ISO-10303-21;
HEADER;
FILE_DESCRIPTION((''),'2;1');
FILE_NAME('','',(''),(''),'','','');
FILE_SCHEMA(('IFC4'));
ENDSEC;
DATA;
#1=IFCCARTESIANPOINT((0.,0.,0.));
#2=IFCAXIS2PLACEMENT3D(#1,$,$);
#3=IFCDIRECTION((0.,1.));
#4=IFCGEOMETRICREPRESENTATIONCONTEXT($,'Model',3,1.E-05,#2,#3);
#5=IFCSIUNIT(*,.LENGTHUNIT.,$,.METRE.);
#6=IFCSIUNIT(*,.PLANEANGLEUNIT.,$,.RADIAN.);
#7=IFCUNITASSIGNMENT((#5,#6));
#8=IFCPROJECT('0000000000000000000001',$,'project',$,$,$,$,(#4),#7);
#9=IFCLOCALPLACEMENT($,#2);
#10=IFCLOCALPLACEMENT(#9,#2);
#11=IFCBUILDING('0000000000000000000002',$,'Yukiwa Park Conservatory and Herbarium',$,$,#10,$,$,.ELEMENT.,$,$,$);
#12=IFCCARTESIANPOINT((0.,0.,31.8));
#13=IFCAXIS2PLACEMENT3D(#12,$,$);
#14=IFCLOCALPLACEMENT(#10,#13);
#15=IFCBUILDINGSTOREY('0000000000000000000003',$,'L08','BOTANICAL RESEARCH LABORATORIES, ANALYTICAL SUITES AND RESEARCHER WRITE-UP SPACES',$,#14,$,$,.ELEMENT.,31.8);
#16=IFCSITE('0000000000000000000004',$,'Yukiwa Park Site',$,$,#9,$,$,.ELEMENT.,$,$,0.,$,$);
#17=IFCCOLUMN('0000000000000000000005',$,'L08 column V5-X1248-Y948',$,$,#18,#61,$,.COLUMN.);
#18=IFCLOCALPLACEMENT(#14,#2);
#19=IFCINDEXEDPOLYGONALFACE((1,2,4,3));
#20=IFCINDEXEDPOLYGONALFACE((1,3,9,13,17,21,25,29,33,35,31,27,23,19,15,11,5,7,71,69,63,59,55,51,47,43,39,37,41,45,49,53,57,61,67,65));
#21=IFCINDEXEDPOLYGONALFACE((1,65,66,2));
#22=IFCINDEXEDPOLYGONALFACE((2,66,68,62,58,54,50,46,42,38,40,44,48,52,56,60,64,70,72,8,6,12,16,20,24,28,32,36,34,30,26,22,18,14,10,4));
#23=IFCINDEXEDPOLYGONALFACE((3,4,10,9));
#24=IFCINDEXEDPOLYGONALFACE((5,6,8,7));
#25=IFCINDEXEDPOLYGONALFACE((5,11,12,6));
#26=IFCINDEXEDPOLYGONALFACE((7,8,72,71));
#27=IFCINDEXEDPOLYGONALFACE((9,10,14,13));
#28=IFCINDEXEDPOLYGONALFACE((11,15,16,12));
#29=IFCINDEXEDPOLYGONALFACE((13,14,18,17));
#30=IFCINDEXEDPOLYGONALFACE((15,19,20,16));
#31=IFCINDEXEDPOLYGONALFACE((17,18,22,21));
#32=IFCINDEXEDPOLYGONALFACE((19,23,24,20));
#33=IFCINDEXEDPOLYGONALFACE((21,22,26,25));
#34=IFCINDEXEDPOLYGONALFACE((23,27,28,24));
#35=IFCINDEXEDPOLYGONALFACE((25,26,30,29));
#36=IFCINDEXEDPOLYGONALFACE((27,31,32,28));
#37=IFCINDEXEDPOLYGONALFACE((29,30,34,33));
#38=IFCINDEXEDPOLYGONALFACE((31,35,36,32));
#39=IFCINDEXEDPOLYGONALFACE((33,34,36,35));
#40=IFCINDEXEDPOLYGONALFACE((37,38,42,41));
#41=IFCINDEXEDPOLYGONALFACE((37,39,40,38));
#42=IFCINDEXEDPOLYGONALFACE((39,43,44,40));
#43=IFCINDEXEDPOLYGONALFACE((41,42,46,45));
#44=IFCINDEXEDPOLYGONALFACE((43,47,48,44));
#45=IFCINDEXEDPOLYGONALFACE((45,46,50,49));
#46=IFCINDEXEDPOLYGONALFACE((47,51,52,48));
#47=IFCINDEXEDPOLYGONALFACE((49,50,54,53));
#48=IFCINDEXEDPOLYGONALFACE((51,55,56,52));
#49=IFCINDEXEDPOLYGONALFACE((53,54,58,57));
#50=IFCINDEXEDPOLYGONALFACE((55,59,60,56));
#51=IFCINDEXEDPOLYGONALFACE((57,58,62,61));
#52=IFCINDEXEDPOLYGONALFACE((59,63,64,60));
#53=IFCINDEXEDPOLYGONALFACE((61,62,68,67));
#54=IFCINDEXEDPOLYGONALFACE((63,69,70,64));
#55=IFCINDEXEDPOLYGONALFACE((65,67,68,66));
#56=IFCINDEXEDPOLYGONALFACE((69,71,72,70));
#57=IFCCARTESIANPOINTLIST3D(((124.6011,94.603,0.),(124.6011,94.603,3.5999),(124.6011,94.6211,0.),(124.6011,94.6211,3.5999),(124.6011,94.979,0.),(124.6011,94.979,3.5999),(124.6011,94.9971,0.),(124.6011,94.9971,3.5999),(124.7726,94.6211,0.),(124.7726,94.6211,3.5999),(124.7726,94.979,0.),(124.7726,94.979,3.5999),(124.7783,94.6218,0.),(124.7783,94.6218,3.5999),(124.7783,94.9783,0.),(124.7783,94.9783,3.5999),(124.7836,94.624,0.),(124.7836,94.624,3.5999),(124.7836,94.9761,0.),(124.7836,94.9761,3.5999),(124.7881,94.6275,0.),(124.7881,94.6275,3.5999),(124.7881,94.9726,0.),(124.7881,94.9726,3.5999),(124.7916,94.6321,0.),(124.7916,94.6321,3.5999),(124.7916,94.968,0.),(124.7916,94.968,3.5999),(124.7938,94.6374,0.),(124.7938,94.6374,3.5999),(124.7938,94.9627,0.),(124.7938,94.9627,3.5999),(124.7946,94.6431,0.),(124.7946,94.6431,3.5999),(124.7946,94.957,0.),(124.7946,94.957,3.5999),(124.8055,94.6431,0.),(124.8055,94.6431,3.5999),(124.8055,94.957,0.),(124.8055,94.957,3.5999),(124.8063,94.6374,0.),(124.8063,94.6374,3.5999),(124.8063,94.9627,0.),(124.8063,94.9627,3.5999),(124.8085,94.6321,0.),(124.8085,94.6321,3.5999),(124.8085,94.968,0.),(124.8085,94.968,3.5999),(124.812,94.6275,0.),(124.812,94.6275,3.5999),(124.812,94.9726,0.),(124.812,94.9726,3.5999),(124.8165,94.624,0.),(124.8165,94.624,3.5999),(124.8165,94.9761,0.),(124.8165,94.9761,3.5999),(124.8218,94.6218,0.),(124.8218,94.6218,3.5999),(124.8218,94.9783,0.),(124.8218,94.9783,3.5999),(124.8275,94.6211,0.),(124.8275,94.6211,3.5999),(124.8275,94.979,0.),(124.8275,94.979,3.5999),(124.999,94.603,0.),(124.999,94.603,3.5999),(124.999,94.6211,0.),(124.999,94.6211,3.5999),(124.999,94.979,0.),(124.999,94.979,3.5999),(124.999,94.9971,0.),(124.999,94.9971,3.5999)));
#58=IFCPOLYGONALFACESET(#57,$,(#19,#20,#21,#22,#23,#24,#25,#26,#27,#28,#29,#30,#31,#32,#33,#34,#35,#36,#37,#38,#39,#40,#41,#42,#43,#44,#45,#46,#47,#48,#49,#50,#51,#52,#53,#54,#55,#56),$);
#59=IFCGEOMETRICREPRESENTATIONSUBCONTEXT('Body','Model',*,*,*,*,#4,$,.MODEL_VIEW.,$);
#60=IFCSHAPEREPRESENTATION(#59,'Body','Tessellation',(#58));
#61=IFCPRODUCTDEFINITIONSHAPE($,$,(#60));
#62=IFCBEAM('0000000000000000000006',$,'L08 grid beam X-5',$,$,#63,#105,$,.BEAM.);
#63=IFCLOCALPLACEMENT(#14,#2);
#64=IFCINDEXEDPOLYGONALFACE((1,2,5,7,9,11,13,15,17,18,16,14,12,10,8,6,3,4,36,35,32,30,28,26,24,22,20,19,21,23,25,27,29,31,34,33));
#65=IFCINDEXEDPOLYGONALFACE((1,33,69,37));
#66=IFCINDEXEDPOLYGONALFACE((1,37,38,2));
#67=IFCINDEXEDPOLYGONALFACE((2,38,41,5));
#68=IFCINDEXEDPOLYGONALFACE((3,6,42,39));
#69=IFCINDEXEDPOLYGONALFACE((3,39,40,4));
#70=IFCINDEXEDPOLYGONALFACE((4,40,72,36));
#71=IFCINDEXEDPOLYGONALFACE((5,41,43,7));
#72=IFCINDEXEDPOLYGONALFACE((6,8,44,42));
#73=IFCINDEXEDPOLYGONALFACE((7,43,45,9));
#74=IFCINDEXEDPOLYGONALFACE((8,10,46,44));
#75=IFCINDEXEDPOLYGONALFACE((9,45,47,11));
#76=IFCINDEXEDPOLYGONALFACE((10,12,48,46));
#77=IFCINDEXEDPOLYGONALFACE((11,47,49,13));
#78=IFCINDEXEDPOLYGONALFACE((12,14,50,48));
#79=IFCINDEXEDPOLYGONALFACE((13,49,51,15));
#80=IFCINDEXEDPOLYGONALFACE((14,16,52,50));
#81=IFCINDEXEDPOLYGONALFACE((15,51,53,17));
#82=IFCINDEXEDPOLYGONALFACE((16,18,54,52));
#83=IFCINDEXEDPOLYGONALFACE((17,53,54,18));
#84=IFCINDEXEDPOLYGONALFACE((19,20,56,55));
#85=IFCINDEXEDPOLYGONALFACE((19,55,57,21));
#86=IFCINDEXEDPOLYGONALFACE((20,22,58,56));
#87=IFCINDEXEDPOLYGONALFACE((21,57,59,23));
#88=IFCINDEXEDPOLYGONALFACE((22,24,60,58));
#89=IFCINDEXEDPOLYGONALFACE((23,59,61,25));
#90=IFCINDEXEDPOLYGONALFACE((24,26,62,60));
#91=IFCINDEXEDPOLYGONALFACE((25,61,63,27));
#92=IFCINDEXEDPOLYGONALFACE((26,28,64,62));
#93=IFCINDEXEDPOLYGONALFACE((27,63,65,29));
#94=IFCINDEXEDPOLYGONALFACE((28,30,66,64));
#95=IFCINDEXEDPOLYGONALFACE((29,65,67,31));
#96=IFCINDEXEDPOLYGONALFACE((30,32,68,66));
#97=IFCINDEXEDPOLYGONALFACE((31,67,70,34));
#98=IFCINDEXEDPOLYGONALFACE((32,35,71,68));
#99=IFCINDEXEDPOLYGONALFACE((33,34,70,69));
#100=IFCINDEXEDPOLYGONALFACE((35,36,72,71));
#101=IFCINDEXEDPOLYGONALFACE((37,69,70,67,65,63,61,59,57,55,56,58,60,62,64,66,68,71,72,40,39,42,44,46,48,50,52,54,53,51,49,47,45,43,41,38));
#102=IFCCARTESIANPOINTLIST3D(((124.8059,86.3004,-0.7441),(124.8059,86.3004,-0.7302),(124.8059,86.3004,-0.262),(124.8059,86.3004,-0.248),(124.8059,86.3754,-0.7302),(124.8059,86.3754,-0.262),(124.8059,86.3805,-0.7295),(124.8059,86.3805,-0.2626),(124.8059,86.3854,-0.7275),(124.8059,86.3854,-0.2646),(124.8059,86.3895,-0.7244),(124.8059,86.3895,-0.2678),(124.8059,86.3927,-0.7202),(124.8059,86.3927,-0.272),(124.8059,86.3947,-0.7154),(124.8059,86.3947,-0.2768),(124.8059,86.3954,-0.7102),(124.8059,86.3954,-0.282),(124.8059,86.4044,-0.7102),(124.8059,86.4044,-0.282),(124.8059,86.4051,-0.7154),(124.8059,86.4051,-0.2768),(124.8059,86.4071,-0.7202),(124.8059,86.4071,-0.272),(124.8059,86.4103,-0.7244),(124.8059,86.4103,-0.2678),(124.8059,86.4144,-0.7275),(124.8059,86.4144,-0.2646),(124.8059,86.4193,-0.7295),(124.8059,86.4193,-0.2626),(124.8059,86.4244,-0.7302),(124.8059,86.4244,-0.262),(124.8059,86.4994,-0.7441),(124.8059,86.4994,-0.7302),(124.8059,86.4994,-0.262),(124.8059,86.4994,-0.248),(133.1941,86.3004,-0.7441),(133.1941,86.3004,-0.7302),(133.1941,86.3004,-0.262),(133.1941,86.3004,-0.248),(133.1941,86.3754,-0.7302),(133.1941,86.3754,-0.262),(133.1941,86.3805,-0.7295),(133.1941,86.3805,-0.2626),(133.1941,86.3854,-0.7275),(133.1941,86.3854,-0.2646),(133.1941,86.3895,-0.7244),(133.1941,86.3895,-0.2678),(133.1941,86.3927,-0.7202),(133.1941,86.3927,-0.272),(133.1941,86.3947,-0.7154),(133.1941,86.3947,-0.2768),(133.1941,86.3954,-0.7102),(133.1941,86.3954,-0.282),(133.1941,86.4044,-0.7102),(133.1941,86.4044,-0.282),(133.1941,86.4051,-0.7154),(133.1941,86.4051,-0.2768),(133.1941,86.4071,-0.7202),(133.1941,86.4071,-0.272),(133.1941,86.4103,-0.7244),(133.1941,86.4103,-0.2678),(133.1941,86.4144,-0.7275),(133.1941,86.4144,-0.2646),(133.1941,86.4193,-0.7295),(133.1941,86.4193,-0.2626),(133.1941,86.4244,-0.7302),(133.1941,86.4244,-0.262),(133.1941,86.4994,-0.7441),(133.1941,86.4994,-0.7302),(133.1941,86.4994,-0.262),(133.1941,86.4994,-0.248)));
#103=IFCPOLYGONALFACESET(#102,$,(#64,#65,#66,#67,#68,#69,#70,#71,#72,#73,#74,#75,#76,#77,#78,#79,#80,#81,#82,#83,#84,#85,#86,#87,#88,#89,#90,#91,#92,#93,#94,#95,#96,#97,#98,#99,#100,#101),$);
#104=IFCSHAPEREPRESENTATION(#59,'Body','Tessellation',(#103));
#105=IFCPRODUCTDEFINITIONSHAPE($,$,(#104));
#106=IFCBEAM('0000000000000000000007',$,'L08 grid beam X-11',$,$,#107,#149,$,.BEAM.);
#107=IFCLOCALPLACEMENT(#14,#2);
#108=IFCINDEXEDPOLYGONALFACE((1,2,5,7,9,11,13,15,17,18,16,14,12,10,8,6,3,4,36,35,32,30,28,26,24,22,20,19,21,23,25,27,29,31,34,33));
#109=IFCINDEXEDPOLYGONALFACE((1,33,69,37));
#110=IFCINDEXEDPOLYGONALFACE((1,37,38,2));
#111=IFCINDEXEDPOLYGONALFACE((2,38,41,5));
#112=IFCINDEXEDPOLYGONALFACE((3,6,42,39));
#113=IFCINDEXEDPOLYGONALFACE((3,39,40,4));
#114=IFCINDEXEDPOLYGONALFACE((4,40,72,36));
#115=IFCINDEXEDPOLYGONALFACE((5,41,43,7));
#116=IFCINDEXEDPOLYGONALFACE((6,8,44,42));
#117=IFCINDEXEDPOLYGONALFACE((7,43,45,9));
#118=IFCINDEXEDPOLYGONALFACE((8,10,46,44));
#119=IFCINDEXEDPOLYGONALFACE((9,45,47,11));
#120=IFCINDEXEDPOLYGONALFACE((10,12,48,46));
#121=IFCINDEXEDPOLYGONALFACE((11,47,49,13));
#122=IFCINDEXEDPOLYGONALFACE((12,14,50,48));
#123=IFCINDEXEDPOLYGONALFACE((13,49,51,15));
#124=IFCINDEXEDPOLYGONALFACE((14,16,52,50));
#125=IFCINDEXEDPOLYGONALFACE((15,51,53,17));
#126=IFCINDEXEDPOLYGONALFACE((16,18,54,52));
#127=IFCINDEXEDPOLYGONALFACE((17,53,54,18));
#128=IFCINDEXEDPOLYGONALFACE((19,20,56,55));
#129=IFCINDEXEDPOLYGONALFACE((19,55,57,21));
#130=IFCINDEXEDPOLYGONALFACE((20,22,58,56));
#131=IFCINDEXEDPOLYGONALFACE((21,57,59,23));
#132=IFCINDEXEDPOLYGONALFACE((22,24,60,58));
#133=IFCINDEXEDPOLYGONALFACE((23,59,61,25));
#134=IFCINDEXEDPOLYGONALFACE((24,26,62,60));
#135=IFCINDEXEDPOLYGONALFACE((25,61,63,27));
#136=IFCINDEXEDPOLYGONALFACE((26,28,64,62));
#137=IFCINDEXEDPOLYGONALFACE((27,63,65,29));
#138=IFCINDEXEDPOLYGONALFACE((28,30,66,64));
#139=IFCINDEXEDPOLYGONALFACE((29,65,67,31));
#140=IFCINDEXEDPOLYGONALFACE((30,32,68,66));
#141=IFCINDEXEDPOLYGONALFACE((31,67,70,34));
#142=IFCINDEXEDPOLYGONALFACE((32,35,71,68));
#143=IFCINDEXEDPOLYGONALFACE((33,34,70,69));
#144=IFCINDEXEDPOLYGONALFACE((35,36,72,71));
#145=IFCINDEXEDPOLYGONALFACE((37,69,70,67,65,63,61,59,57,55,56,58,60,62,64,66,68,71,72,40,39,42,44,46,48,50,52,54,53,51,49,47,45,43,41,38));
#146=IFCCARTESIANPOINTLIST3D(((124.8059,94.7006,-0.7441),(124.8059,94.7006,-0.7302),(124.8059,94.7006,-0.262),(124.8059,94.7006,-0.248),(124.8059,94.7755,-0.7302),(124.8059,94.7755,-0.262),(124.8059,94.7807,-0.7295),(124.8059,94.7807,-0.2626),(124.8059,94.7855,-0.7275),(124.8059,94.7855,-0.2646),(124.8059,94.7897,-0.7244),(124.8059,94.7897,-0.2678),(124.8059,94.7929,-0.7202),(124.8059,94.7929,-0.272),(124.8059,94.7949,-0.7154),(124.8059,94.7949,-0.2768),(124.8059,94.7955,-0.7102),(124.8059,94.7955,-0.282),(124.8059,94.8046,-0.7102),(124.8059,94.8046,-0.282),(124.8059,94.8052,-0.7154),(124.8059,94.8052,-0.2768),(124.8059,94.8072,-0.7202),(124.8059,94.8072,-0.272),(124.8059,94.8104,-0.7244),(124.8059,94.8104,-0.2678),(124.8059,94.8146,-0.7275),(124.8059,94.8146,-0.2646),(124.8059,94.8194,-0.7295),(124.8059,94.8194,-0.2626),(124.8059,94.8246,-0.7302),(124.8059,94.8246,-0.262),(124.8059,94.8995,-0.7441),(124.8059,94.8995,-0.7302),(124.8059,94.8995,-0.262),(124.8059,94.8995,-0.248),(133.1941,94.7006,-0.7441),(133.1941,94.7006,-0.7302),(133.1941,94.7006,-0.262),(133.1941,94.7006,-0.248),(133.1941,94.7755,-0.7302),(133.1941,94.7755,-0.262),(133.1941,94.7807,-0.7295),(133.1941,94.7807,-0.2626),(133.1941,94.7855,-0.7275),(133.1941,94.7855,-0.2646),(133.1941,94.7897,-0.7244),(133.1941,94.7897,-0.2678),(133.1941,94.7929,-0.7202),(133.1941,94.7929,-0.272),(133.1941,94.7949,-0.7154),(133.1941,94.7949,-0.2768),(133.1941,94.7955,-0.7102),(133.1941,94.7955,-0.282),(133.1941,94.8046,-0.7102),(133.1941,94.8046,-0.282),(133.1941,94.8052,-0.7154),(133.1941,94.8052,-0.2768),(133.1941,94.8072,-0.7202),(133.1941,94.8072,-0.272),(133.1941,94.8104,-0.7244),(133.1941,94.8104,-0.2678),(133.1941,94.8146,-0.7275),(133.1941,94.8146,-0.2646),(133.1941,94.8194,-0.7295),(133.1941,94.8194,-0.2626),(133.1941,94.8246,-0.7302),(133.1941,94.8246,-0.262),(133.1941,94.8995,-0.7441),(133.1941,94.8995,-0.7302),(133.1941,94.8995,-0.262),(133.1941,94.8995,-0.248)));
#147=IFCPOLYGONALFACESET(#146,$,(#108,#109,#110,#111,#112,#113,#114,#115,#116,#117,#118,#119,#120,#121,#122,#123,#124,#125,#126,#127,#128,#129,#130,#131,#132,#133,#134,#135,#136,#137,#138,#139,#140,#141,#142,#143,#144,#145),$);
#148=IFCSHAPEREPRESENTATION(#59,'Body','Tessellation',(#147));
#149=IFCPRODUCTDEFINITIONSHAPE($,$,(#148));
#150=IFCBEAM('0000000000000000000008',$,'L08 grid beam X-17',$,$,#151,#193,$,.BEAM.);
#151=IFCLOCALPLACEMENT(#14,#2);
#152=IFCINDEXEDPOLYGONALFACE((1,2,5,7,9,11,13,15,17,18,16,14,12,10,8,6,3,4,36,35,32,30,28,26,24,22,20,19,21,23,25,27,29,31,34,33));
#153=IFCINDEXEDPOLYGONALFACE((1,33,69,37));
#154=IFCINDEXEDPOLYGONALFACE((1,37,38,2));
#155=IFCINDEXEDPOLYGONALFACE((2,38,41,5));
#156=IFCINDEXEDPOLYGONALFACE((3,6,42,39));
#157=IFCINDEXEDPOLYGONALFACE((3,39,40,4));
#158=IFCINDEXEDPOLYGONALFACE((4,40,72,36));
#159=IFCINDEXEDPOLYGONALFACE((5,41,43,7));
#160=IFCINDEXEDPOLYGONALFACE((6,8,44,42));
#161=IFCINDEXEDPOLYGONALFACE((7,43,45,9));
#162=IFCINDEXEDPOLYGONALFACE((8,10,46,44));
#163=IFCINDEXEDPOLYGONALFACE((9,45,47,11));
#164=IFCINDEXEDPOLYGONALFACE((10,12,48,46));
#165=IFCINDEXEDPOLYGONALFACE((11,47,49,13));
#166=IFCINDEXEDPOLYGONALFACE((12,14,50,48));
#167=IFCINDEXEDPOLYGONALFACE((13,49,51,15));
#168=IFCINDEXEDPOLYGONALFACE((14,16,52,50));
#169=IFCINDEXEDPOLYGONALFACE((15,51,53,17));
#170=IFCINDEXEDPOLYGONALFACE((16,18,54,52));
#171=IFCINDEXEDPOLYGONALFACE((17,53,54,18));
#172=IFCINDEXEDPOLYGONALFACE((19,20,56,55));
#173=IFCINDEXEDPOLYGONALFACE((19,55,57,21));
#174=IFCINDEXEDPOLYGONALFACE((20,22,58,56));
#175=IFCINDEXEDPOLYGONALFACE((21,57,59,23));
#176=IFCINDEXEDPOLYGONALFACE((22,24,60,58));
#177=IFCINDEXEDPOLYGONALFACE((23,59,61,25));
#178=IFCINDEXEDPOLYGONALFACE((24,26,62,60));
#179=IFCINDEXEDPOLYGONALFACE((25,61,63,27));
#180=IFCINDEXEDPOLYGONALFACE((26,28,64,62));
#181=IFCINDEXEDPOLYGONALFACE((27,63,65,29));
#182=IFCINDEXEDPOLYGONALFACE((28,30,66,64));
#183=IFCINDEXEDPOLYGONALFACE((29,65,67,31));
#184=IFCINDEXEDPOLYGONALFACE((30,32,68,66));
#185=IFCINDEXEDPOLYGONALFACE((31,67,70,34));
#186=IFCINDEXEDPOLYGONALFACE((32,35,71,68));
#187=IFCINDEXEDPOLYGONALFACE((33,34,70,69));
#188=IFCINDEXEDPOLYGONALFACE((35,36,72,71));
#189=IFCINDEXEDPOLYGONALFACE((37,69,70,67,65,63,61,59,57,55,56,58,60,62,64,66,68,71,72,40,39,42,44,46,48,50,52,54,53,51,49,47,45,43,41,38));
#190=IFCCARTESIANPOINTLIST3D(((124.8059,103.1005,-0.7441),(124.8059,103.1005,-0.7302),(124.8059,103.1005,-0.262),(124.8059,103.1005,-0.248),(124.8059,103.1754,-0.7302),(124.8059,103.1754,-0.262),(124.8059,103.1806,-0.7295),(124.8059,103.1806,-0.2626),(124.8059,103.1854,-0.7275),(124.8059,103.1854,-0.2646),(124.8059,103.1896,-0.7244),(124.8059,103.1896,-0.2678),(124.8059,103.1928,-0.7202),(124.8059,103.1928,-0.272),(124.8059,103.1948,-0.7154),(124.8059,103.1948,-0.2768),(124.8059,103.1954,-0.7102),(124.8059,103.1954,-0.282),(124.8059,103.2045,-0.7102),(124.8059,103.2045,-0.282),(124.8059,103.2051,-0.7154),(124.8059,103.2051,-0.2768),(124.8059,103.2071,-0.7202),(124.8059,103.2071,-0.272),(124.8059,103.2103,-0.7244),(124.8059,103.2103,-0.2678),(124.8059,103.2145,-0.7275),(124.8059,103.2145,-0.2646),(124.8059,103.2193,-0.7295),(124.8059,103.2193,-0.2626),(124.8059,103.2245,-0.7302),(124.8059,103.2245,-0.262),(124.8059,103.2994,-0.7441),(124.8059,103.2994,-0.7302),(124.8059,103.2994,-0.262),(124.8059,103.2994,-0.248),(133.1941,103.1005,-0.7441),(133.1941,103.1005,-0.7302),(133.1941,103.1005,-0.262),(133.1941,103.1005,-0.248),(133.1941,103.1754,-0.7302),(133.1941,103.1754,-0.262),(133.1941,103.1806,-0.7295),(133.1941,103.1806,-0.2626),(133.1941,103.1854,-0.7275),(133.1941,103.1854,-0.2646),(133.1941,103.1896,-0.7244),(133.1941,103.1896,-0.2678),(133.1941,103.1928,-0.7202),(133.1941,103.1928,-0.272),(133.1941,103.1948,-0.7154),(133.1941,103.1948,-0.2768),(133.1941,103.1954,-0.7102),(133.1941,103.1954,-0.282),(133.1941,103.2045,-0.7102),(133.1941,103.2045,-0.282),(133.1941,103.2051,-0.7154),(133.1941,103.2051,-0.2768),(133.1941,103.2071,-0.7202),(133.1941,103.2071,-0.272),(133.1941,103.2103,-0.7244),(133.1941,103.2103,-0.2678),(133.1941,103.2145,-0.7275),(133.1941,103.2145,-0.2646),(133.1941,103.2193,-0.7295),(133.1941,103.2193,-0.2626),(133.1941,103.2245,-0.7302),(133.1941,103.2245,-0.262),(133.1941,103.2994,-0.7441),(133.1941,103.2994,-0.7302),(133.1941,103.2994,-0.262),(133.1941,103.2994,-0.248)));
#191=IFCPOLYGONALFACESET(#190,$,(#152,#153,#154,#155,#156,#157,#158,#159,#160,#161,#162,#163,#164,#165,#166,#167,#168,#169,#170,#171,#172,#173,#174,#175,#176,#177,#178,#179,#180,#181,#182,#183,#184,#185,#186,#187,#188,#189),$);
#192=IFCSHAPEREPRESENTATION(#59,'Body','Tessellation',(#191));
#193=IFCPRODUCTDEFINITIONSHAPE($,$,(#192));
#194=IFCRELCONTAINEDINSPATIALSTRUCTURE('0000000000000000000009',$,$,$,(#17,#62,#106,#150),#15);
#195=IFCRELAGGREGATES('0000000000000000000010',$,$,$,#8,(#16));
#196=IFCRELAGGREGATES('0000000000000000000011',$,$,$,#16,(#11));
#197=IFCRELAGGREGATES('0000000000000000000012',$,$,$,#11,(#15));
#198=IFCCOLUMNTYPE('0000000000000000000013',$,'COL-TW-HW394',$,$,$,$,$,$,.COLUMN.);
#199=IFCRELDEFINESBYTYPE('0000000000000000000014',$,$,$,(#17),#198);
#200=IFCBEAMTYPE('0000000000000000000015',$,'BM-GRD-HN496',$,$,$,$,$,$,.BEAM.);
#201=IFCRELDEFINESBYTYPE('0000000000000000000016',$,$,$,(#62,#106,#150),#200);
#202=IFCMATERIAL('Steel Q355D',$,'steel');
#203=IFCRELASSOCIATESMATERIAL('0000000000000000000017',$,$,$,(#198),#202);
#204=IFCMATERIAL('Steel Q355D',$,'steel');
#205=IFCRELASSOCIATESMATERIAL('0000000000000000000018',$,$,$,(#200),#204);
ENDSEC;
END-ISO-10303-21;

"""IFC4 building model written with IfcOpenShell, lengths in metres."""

from ifc_helpers import new_model, si_unit, direction, frame, origin, origin_2d, place, context, subcontext, project, spatial, i_section, extrude, material, material_profile, profile_set, type_object, element, save


model = new_model("IFC4")

# Units and contexts
model_context = context("Model", 3, precision=1e-05, world=origin(), true_north=direction((0.0, 1.0)))
body_context = subcontext(model_context, "Body", "Model", "MODEL_VIEW")
ifc_project = project(units=[si_unit("LENGTHUNIT", "METRE"), si_unit("PLANEANGLEUNIT", "RADIAN")], contexts=[model_context])

# Site, building, storey
site_placement = place(None, origin())
site = spatial("IfcSite", under=ifc_project, at=site_placement, Name="Yukiwa Park Site", CompositionType="ELEMENT", RefElevation=0.0)
building_placement = place(site_placement, origin())
building = spatial("IfcBuilding", under=site, at=building_placement, Name="Yukiwa Park Conservatory and Herbarium", CompositionType="ELEMENT")
storey_placement = place(building_placement, frame((0.0, 0.0, 31.8)))
storey = spatial("IfcBuildingStorey", under=building, at=storey_placement, Name="L08", Description="BOTANICAL RESEARCH LABORATORIES, ANALYTICAL SUITES AND RESEARCHER WRITE-UP SPACES", CompositionType="ELEMENT", Elevation=31.8)

# Column
ifc_material_1 = material(Name="Steel Q355D", Category="steel")
ifc_material_profile_1 = material_profile(ifc_material_1, i_section(OverallWidth=0.3979, OverallDepth=0.394, WebThickness=0.011, FlangeThickness=0.0181, FilletRadius=0.022, at=origin_2d()), Name="HW 394x398x11x18")
ifc_profile_set_1 = profile_set([ifc_material_profile_1], Name="Steel Q355D")
column_type_1 = type_object("IfcColumnType", Name="COL-TW-HW394", PredefinedType="COLUMN", material=ifc_profile_set_1)
column_placement = place(storey_placement, frame((124.8, 94.8, 0.0), z_axis=(0.0, 0.0, 1.0), x_axis=(1.0, 0.0, 0.0)))
element("IfcColumn", 1, at=column_placement, inside=storey, type_object=column_type_1, Name="L08 column V5-X1248-Y948", PredefinedType="COLUMN", context=body_context, shape_type="SweptSolid", body=[
    extrude(i_section(OverallWidth=0.3979, OverallDepth=0.394, WebThickness=0.011, FlangeThickness=0.0181, FilletRadius=0.022, at=origin_2d()), origin(), (0.0, 0.0, 1.0), 3.5999),
])

# Beams
ifc_material_2 = material(Name="Steel Q355D", Category="steel")
ifc_material_profile_2 = material_profile(ifc_material_2, i_section(OverallWidth=0.199, OverallDepth=0.4961, WebThickness=0.009, FlangeThickness=0.0139, FilletRadius=0.02, at=origin_2d()), Name="HN 496x199x9x14")
ifc_profile_set_2 = profile_set([ifc_material_profile_2], Name="Steel Q355D")
beam_type_1 = type_object("IfcBeamType", Name="BM-GRD-HN496", PredefinedType="BEAM", material=ifc_profile_set_2)
for number, where, z_axis, x_axis, name in (
    (2, (124.8059, 86.3999, -0.4961), (1.0, 0.0, 0.0), (0.0, 1.0, 0.0), "L08 grid beam X-5"),
    (3, (124.8059, 94.8, -0.4961), (1.0, 0.0, 0.0), (0.0, 1.0, 0.0), "L08 grid beam X-11"),
    (4, (124.8059, 103.2, -0.4961), (1.0, 0.0, 0.0), (0.0, 1.0, 0.0), "L08 grid beam X-17"),
):
    element("IfcBeam", number, at=place(storey_placement, frame(where, z_axis=z_axis, x_axis=x_axis)), inside=storey, type_object=beam_type_1, Name=name, PredefinedType="BEAM", context=body_context, shape_type="SweptSolid", body=[
        extrude(i_section(OverallWidth=0.199, OverallDepth=0.4961, WebThickness=0.009, FlangeThickness=0.0139, FilletRadius=0.02, at=origin_2d()), origin(), (0.0, 0.0, 1.0), 8.3882),
    ])

save(model, "model.ifc")
